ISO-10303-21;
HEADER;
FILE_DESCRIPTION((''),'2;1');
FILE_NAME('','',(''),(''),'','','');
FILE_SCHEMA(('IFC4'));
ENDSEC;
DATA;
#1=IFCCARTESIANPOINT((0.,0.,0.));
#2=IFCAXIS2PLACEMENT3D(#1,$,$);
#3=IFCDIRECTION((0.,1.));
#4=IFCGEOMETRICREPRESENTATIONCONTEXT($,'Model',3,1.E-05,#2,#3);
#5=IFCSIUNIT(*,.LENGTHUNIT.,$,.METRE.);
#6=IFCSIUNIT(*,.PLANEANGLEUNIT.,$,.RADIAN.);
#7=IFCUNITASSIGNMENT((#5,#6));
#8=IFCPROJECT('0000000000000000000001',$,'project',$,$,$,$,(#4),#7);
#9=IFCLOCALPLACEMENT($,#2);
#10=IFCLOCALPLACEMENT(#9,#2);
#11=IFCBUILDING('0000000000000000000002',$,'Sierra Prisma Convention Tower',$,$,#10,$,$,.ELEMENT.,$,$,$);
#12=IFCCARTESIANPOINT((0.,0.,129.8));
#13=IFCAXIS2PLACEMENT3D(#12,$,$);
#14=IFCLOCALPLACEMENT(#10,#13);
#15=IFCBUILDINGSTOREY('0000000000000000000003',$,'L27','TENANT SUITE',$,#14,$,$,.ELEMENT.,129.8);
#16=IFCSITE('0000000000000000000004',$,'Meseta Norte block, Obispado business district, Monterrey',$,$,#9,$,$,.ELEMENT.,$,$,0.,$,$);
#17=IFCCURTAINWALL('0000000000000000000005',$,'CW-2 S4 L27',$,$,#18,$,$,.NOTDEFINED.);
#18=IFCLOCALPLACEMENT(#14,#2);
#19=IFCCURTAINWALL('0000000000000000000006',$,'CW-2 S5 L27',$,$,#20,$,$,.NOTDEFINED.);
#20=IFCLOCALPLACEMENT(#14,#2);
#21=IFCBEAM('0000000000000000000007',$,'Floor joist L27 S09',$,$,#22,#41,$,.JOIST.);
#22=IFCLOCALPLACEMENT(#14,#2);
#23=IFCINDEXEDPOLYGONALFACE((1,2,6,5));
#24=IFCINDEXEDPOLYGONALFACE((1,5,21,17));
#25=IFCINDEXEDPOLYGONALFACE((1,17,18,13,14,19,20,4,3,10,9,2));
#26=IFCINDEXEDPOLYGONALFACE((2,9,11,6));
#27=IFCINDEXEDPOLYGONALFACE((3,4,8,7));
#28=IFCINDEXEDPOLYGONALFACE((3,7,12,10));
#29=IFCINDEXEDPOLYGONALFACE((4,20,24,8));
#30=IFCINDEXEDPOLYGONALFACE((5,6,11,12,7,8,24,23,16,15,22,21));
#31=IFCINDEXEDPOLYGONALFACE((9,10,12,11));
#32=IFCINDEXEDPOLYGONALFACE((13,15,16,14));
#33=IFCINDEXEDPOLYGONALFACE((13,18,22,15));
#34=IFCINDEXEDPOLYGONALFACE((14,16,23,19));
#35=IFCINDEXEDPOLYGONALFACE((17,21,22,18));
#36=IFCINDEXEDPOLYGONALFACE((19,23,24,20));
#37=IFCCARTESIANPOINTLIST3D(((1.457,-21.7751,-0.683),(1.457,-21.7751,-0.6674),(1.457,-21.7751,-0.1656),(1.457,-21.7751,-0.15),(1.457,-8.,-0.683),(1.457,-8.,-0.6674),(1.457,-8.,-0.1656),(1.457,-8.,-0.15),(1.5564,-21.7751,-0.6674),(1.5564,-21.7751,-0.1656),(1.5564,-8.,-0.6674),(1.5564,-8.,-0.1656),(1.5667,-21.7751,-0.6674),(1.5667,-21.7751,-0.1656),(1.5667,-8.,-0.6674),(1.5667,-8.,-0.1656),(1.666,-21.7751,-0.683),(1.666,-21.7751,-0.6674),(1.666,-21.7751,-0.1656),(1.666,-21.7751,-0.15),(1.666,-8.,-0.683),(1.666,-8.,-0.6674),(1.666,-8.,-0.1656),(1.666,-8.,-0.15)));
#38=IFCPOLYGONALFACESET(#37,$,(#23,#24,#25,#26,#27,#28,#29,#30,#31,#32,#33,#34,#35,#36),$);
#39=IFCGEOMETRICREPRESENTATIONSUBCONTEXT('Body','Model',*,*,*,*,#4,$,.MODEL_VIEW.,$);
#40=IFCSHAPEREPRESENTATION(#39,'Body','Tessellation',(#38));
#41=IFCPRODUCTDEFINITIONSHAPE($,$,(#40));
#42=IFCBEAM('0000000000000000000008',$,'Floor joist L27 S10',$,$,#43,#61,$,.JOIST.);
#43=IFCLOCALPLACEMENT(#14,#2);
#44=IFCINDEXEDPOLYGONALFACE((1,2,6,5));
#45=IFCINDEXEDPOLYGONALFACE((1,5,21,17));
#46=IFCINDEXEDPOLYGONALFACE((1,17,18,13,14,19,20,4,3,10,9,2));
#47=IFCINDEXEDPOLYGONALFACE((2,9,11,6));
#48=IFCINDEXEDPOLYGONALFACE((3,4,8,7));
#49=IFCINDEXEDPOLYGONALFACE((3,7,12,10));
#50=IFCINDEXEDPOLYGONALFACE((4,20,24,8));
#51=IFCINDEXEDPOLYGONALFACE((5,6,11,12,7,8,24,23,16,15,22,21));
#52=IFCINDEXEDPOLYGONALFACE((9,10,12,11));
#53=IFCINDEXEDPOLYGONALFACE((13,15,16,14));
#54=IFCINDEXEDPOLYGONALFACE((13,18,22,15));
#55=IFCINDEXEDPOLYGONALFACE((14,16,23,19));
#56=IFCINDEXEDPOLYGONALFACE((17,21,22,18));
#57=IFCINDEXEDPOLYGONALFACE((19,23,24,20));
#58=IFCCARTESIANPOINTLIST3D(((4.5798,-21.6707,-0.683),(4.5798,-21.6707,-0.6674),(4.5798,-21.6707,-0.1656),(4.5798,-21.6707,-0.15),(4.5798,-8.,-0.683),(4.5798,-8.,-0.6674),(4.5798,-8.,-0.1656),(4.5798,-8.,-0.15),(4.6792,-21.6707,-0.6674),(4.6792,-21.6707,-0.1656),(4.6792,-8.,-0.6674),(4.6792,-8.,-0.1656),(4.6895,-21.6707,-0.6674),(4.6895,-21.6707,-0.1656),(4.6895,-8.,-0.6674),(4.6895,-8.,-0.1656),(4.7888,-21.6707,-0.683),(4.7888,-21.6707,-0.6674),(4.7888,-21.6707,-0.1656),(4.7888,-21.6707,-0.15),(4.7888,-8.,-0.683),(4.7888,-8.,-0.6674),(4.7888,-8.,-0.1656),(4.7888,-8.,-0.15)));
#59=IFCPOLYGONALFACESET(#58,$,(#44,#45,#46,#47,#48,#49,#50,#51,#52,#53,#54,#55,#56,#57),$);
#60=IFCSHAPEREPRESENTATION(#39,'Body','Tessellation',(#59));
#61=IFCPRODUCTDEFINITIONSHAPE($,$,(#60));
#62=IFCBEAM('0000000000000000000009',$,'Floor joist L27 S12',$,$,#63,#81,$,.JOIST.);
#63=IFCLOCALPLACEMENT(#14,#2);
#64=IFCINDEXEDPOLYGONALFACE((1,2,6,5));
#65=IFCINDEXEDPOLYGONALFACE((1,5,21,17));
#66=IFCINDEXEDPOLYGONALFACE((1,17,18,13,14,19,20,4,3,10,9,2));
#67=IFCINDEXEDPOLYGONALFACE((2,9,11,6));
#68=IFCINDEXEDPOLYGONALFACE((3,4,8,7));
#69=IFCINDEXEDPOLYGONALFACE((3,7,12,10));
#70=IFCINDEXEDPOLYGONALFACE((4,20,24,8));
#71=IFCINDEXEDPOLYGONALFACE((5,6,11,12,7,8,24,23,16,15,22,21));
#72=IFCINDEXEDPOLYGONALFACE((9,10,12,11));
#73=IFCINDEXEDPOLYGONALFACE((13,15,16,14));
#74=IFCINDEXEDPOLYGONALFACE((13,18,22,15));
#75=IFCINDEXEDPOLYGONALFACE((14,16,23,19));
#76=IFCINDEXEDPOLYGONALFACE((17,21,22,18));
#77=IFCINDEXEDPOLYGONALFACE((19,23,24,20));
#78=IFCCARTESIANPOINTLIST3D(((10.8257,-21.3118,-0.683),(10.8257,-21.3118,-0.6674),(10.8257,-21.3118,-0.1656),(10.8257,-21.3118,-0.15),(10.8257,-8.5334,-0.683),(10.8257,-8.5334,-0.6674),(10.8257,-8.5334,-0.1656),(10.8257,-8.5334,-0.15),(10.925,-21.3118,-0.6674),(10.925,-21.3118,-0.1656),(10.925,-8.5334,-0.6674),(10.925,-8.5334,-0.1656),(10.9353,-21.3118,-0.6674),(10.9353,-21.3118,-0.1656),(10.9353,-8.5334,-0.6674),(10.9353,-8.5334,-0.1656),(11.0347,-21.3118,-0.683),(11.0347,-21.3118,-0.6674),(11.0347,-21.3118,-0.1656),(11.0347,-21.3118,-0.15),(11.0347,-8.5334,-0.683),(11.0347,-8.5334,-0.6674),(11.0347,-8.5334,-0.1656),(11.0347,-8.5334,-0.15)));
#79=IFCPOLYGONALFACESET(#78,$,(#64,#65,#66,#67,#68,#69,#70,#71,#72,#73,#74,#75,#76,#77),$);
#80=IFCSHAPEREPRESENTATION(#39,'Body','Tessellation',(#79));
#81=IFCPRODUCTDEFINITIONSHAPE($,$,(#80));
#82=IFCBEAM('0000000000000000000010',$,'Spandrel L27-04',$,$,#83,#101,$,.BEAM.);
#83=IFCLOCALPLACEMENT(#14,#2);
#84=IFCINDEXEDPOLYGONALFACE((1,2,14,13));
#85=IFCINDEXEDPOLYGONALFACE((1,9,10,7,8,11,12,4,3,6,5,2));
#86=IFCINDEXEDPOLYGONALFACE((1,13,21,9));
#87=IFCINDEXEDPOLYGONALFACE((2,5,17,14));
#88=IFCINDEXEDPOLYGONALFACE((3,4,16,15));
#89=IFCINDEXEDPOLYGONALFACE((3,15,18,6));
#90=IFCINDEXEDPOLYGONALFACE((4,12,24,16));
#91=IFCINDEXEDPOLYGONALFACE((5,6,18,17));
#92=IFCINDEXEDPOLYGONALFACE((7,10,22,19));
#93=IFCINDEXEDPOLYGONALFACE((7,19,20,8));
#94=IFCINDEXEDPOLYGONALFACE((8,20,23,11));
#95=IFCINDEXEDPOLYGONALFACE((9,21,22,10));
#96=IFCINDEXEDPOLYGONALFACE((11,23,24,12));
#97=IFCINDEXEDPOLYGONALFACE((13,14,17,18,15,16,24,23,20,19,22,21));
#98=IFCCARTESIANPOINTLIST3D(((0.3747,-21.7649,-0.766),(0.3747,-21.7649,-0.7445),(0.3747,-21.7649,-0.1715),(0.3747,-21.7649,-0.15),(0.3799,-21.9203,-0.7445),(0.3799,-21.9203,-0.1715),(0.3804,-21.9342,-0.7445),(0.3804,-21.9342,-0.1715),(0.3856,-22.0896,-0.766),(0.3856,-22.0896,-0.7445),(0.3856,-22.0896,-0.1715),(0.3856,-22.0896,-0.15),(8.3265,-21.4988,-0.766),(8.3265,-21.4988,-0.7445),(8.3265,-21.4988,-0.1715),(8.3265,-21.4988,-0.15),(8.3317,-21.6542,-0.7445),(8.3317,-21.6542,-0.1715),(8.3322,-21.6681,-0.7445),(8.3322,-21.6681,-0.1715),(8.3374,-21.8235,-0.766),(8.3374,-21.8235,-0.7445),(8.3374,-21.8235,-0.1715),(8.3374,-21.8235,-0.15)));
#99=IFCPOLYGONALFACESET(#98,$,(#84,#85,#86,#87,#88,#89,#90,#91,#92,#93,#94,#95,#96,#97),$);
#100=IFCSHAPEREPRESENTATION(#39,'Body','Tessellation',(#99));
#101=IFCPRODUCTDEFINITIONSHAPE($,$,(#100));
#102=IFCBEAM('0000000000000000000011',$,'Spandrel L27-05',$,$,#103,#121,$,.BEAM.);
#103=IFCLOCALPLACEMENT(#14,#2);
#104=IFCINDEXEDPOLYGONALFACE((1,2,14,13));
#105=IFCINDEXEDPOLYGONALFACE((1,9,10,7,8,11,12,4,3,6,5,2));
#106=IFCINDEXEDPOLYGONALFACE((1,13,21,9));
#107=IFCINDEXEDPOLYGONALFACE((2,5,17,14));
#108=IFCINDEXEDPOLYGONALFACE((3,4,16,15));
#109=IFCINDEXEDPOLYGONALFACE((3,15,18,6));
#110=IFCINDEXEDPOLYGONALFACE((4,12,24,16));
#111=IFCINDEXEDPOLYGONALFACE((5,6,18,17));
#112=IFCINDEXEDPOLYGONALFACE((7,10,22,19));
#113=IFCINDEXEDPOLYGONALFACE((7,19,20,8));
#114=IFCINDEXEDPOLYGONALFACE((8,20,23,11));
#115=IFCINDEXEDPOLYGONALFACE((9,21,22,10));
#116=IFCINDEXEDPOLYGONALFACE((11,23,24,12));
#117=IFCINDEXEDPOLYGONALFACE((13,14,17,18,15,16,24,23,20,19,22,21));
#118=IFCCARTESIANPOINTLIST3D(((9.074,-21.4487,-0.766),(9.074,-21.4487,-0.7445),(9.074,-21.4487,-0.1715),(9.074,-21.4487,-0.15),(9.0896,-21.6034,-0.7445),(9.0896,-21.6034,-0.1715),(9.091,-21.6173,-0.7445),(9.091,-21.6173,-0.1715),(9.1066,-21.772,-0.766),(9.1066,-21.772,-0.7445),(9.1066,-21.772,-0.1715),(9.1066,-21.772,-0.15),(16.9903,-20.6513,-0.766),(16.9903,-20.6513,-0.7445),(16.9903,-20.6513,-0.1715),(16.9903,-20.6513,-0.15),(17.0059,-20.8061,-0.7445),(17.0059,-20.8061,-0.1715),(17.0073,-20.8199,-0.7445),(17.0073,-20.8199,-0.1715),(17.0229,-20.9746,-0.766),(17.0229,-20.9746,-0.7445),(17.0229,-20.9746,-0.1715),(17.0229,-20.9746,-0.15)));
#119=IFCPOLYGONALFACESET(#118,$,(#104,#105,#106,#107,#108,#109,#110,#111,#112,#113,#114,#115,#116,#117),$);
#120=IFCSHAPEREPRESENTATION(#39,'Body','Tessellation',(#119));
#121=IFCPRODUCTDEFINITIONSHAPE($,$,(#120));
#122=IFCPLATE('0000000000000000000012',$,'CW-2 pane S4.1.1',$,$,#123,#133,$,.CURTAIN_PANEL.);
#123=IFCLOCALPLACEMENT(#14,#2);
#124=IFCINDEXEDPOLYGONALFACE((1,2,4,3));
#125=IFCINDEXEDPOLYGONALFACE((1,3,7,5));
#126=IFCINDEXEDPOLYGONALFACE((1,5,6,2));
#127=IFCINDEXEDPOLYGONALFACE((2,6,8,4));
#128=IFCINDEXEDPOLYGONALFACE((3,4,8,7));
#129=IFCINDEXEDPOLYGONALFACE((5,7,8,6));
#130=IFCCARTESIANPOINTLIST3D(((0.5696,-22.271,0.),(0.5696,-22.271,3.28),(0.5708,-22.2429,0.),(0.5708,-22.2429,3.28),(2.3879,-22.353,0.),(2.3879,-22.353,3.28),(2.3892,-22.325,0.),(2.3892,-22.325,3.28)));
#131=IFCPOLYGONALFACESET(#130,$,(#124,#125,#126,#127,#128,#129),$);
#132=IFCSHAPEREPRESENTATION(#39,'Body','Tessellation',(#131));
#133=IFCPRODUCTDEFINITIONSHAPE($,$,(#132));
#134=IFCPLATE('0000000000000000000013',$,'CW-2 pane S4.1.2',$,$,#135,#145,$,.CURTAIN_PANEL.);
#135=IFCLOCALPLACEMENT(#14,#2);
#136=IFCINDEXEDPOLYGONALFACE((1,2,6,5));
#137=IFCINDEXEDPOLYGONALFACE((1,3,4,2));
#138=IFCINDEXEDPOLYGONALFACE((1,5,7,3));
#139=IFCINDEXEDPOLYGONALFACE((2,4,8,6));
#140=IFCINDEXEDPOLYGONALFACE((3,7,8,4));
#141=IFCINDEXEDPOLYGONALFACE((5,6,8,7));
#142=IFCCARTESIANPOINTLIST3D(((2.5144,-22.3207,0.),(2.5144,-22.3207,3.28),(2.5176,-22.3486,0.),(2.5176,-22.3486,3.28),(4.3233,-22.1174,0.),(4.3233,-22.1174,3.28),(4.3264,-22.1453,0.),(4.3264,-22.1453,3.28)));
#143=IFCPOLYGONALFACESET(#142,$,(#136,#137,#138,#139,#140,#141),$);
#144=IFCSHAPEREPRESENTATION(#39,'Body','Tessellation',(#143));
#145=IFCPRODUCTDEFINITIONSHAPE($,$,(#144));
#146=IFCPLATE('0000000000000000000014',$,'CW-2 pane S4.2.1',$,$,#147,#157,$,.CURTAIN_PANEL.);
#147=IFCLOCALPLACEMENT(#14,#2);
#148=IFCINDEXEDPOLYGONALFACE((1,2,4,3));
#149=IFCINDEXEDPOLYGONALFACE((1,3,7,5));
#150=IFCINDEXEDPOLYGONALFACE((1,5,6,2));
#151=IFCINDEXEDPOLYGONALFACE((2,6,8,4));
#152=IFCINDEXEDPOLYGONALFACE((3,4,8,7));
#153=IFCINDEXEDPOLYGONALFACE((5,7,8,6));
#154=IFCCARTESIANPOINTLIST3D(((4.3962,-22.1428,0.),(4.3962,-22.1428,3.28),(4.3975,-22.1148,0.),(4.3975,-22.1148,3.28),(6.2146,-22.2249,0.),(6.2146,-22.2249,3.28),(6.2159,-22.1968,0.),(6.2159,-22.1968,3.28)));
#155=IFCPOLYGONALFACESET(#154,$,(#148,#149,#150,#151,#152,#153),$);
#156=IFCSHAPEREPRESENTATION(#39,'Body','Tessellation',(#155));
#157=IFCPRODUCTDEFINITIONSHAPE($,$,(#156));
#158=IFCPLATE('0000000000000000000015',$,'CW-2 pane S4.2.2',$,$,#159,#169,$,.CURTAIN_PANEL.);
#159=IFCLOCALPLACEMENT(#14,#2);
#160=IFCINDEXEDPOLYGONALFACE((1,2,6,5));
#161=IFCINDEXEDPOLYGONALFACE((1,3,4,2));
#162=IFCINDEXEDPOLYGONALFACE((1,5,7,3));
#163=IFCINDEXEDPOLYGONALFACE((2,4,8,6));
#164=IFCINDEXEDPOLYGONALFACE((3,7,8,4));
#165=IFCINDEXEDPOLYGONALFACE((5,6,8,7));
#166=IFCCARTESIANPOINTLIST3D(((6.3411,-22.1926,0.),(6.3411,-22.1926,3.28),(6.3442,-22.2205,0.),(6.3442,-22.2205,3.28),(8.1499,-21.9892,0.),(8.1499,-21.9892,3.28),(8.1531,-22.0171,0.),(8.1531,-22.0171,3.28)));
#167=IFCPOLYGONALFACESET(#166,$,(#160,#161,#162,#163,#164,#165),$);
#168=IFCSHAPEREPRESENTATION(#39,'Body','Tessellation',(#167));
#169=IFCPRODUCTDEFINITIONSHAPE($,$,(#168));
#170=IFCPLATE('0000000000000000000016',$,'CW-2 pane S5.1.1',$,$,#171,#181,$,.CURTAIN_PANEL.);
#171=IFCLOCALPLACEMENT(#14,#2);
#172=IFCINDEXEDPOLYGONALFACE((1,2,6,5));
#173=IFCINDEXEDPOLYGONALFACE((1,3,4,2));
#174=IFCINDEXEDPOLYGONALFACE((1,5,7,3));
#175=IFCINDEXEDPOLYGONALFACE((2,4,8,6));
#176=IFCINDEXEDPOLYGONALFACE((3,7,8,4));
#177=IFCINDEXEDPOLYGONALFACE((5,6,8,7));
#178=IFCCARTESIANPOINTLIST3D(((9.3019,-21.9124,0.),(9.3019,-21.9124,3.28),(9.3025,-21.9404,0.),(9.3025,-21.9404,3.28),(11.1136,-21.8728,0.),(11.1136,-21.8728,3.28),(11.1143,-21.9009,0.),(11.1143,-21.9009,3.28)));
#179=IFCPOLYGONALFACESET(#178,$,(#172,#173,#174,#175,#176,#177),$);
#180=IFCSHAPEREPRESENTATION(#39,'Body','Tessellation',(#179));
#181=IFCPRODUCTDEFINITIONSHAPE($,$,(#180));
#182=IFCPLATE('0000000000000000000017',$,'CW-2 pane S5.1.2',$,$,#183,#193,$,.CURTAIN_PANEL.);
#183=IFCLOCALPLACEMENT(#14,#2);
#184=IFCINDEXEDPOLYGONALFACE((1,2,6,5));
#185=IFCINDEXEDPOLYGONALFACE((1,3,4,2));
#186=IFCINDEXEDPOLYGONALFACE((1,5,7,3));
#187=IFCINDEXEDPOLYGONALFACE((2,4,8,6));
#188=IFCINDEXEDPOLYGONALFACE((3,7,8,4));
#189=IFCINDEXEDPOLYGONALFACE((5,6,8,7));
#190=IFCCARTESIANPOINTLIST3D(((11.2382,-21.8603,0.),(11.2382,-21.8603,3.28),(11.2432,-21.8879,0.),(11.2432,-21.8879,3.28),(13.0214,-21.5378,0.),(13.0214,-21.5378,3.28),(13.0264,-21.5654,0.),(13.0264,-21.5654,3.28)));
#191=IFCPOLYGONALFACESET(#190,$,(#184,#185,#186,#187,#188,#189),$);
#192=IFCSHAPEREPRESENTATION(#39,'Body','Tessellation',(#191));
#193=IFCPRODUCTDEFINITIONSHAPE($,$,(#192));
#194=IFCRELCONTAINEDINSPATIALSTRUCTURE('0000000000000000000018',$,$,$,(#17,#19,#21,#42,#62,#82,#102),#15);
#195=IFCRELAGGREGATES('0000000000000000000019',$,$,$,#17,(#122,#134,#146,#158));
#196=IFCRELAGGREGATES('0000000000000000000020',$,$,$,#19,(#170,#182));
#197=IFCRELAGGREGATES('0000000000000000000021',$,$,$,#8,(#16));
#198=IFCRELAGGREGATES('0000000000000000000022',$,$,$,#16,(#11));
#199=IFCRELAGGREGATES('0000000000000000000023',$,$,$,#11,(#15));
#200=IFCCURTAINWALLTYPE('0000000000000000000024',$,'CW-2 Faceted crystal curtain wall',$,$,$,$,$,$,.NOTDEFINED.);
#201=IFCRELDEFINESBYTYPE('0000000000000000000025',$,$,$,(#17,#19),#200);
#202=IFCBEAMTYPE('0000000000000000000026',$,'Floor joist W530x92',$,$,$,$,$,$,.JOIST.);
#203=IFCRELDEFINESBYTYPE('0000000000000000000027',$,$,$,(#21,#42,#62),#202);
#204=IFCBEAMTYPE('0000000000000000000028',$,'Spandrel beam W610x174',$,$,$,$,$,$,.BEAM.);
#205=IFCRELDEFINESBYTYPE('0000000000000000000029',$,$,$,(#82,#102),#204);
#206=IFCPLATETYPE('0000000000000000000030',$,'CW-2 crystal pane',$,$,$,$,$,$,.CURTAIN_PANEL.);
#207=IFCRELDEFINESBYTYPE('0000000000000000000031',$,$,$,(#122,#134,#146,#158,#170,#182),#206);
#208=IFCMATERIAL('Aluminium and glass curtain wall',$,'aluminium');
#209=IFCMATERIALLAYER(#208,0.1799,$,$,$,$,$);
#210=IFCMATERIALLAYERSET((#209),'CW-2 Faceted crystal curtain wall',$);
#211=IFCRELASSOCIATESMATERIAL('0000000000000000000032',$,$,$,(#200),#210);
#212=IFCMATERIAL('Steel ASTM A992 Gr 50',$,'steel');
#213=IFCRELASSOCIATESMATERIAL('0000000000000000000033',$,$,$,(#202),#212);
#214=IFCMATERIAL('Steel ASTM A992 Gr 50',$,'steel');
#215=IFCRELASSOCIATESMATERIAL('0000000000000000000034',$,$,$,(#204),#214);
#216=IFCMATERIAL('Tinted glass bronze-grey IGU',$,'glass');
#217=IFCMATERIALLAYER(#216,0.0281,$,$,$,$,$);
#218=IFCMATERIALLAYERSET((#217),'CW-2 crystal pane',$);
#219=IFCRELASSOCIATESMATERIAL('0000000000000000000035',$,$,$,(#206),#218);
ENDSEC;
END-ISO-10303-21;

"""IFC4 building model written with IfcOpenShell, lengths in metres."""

from ifc_helpers import new_model, si_unit, direction, frame, origin, origin_2d, place, context, subcontext, project, spatial, polyline, i_section, outline, extrude, material, layer, layer_set, material_profile, profile_set, type_object, element, aggregate, save


model = new_model("IFC4")

# Units and contexts
model_context = context("Model", 3, precision=1e-05, world=origin(), true_north=direction((0.0, 1.0)))
body_context = subcontext(model_context, "Body", "Model", "MODEL_VIEW")
ifc_project = project(units=[si_unit("LENGTHUNIT", "METRE"), si_unit("PLANEANGLEUNIT", "RADIAN")], contexts=[model_context])

# Site, building, storey
site_placement = place(None, origin())
site = spatial("IfcSite", under=ifc_project, at=site_placement, Name="Meseta Norte block, Obispado business district, Monterrey", CompositionType="ELEMENT", RefElevation=0.0)
building_placement = place(site_placement, origin())
building = spatial("IfcBuilding", under=site, at=building_placement, Name="Sierra Prisma Convention Tower", CompositionType="ELEMENT")
storey_placement = place(building_placement, frame((0.0, 0.0, 129.8)))
storey = spatial("IfcBuildingStorey", under=building, at=storey_placement, Name="L27", Description="TENANT SUITE", CompositionType="ELEMENT", Elevation=129.8)

# Curtain walls
ifc_material_1 = material(Name="Aluminium and glass curtain wall", Category="aluminium")
ifc_layer_1 = layer(ifc_material_1, 0.1799)
ifc_layer_set_1 = layer_set([ifc_layer_1], Name="CW-2 Faceted crystal curtain wall")
curtain_wall_type = type_object("IfcCurtainWallType", Name="CW-2 Faceted crystal curtain wall", PredefinedType="NOTDEFINED", material=ifc_layer_set_1)
curtain_wall_1_placement = place(storey_placement, origin())
curtain_wall_1 = element("IfcCurtainWall", 1, at=curtain_wall_1_placement, inside=storey, type_object=curtain_wall_type, Name="CW-2 S4 L27", PredefinedType="NOTDEFINED")
curtain_wall_2_placement = place(storey_placement, origin())
curtain_wall_2 = element("IfcCurtainWall", 2, at=curtain_wall_2_placement, inside=storey, type_object=curtain_wall_type, Name="CW-2 S5 L27", PredefinedType="NOTDEFINED")

# Beams
ifc_material_2 = material(Name="Steel ASTM A992 Gr 50", Category="steel")
ifc_material_profile_1 = material_profile(ifc_material_2, i_section(OverallWidth=0.209, OverallDepth=0.533, WebThickness=0.0103, FlangeThickness=0.0156, at=origin_2d()), Name="W530x92")
ifc_profile_set_1 = profile_set([ifc_material_profile_1], Name="Steel ASTM A992 Gr 50")
beam_type_1 = type_object("IfcBeamType", Name="Floor joist W530x92", PredefinedType="JOIST", material=ifc_profile_set_1)
beam_1_placement = place(storey_placement, frame((1.5615, -21.7751, -0.4165), z_axis=(0.0, 1.0, 0.0), x_axis=(-1.0, 0.0, 0.0)))
element("IfcBeam", 3, at=beam_1_placement, inside=storey, type_object=beam_type_1, Name="Floor joist L27 S09", PredefinedType="JOIST", context=body_context, shape_type="SweptSolid", body=[
    extrude(i_section(OverallWidth=0.209, OverallDepth=0.533, WebThickness=0.0103, FlangeThickness=0.0156, at=origin_2d()), origin(), (0.0, 0.0, 1.0), 13.7751),
])
beam_2_placement = place(storey_placement, frame((4.6843, -21.6707, -0.4165), z_axis=(0.0, 1.0, 0.0), x_axis=(-1.0, 0.0, 0.0)))
element("IfcBeam", 4, at=beam_2_placement, inside=storey, type_object=beam_type_1, Name="Floor joist L27 S10", PredefinedType="JOIST", context=body_context, shape_type="SweptSolid", body=[
    extrude(i_section(OverallWidth=0.209, OverallDepth=0.533, WebThickness=0.0103, FlangeThickness=0.0156, at=origin_2d()), origin(), (0.0, 0.0, 1.0), 13.6707),
])
beam_3_placement = place(storey_placement, frame((10.9302, -21.3118, -0.4165), z_axis=(0.0, 1.0, 0.0), x_axis=(-1.0, 0.0, 0.0)))
element("IfcBeam", 5, at=beam_3_placement, inside=storey, type_object=beam_type_1, Name="Floor joist L27 S12", PredefinedType="JOIST", context=body_context, shape_type="SweptSolid", body=[
    extrude(i_section(OverallWidth=0.209, OverallDepth=0.533, WebThickness=0.0103, FlangeThickness=0.0156, at=origin_2d()), origin(), (0.0, 0.0, 1.0), 12.7783),
])
ifc_material_3 = material(Name="Steel ASTM A992 Gr 50", Category="steel")
ifc_material_profile_2 = material_profile(ifc_material_3, i_section(OverallWidth=0.325, OverallDepth=0.616, WebThickness=0.0139, FlangeThickness=0.0215, at=origin_2d()), Name="W610x174")
ifc_profile_set_2 = profile_set([ifc_material_profile_2], Name="Steel ASTM A992 Gr 50")
beam_type_2 = type_object("IfcBeamType", Name="Spandrel beam W610x174", PredefinedType="BEAM", material=ifc_profile_set_2)
for number, where, z_axis, x_axis, name in (
    (6, (0.3801, -21.9272, -0.458), (0.999441, 0.033447, 0.0), (-0.033447, 0.999441, 0.0), "Spandrel L27-04"),
    (7, (9.0903, -21.6104, -0.458), (0.994966, 0.100218, 0.0), (-0.100218, 0.994966, 0.0), "Spandrel L27-05"),
):
    element("IfcBeam", number, at=place(storey_placement, frame(where, z_axis=z_axis, x_axis=x_axis)), inside=storey, type_object=beam_type_2, Name=name, PredefinedType="BEAM", context=body_context, shape_type="SweptSolid", body=[
        extrude(i_section(OverallWidth=0.325, OverallDepth=0.616, WebThickness=0.0139, FlangeThickness=0.0215, at=origin_2d()), origin(), (0.0, 0.0, 1.0), 7.9563),
    ])

# Plates
ifc_material_4 = material(Name="Tinted glass bronze-grey IGU", Category="glass")
ifc_layer_2 = layer(ifc_material_4, 0.0281)
ifc_layer_set_2 = layer_set([ifc_layer_2], Name="CW-2 crystal pane")
plate_type = type_object("IfcPlateType", Name="CW-2 crystal pane", PredefinedType="CURTAIN_PANEL", material=ifc_layer_set_2)
plate_1_placement = place(storey_placement, frame((0.5696, -22.271, 0.0), z_axis=(-0.045067, -0.998984, 0.0), x_axis=(0.998984, -0.045067, 0.0)))
plate_1 = element("IfcPlate", 8, at=plate_1_placement, type_object=plate_type, Name="CW-2 pane S4.1.1", PredefinedType="CURTAIN_PANEL", context=body_context, shape_type="SweptSolid", body=[
    extrude(outline(polyline([(0.0, 0.0), (1.8202, 0.0), (1.8202, 3.28), (0.0, 3.28), (0.0, 0.0)])), origin(), (0.0, 0.0, -1.0), 0.0281),
])
plate_2_placement = place(storey_placement, frame((4.3264, -22.1453, 0.0), z_axis=(0.111727, -0.993739, 0.0), x_axis=(-0.993739, -0.111727, 0.0)))
plate_2 = element("IfcPlate", 9, at=plate_2_placement, type_object=plate_type, Name="CW-2 pane S4.1.2", PredefinedType="CURTAIN_PANEL", context=body_context, shape_type="SweptSolid", body=[
    extrude(outline(polyline([(0.0, 0.0), (1.8202, 0.0), (1.8202, -3.28), (0.0, -3.28), (0.0, 0.0)])), origin(), (0.0, 0.0, -1.0), 0.0281),
])
plate_3_placement = place(storey_placement, frame((4.3962, -22.1428, 0.0), z_axis=(-0.045067, -0.998984, 0.0), x_axis=(0.998984, -0.045067, 0.0)))
plate_3 = element("IfcPlate", 10, at=plate_3_placement, type_object=plate_type, Name="CW-2 pane S4.2.1", PredefinedType="CURTAIN_PANEL", context=body_context, shape_type="SweptSolid", body=[
    extrude(outline(polyline([(0.0, 0.0), (1.8202, 0.0), (1.8202, 3.28), (0.0, 3.28), (0.0, 0.0)])), origin(), (0.0, 0.0, -1.0), 0.0281),
])
plate_4_placement = place(storey_placement, frame((8.1531, -22.0171, 0.0), z_axis=(0.111727, -0.993739, 0.0), x_axis=(-0.993739, -0.111727, 0.0)))
plate_4 = element("IfcPlate", 11, at=plate_4_placement, type_object=plate_type, Name="CW-2 pane S4.2.2", PredefinedType="CURTAIN_PANEL", context=body_context, shape_type="SweptSolid", body=[
    extrude(outline(polyline([(0.0, 0.0), (1.8202, 0.0), (1.8202, -3.28), (0.0, -3.28), (0.0, 0.0)])), origin(), (0.0, 0.0, -1.0), 0.0281),
])
aggregate(curtain_wall_1, [plate_1, plate_2, plate_3, plate_4])
plate_5_placement = place(storey_placement, frame((9.3025, -21.9404, 0.0), z_axis=(0.021825, -0.999762, 0.0), x_axis=(0.999762, 0.021825, 0.0)))
plate_5 = element("IfcPlate", 12, at=plate_5_placement, type_object=plate_type, Name="CW-2 pane S5.1.1", PredefinedType="CURTAIN_PANEL", context=body_context, shape_type="SweptSolid", body=[
    extrude(outline(polyline([(0.0, 0.0), (1.8122, 0.0), (1.8122, 3.28), (0.0, 3.28), (0.0, 0.0)])), origin(), (0.0, 0.0, -1.0), 0.0281),
])
plate_6_placement = place(storey_placement, frame((13.0264, -21.5654, 0.0), z_axis=(0.177972, -0.984035, 0.0), x_axis=(-0.984035, -0.177972, 0.0)))
plate_6 = element("IfcPlate", 13, at=plate_6_placement, type_object=plate_type, Name="CW-2 pane S5.1.2", PredefinedType="CURTAIN_PANEL", context=body_context, shape_type="SweptSolid", body=[
    extrude(outline(polyline([(0.0, 0.0), (1.8121, 0.0), (1.8121, -3.28), (0.0, -3.28), (0.0, 0.0)])), origin(), (0.0, 0.0, -1.0), 0.0281),
])
aggregate(curtain_wall_2, [plate_5, plate_6])

save(model, "model.ifc")
